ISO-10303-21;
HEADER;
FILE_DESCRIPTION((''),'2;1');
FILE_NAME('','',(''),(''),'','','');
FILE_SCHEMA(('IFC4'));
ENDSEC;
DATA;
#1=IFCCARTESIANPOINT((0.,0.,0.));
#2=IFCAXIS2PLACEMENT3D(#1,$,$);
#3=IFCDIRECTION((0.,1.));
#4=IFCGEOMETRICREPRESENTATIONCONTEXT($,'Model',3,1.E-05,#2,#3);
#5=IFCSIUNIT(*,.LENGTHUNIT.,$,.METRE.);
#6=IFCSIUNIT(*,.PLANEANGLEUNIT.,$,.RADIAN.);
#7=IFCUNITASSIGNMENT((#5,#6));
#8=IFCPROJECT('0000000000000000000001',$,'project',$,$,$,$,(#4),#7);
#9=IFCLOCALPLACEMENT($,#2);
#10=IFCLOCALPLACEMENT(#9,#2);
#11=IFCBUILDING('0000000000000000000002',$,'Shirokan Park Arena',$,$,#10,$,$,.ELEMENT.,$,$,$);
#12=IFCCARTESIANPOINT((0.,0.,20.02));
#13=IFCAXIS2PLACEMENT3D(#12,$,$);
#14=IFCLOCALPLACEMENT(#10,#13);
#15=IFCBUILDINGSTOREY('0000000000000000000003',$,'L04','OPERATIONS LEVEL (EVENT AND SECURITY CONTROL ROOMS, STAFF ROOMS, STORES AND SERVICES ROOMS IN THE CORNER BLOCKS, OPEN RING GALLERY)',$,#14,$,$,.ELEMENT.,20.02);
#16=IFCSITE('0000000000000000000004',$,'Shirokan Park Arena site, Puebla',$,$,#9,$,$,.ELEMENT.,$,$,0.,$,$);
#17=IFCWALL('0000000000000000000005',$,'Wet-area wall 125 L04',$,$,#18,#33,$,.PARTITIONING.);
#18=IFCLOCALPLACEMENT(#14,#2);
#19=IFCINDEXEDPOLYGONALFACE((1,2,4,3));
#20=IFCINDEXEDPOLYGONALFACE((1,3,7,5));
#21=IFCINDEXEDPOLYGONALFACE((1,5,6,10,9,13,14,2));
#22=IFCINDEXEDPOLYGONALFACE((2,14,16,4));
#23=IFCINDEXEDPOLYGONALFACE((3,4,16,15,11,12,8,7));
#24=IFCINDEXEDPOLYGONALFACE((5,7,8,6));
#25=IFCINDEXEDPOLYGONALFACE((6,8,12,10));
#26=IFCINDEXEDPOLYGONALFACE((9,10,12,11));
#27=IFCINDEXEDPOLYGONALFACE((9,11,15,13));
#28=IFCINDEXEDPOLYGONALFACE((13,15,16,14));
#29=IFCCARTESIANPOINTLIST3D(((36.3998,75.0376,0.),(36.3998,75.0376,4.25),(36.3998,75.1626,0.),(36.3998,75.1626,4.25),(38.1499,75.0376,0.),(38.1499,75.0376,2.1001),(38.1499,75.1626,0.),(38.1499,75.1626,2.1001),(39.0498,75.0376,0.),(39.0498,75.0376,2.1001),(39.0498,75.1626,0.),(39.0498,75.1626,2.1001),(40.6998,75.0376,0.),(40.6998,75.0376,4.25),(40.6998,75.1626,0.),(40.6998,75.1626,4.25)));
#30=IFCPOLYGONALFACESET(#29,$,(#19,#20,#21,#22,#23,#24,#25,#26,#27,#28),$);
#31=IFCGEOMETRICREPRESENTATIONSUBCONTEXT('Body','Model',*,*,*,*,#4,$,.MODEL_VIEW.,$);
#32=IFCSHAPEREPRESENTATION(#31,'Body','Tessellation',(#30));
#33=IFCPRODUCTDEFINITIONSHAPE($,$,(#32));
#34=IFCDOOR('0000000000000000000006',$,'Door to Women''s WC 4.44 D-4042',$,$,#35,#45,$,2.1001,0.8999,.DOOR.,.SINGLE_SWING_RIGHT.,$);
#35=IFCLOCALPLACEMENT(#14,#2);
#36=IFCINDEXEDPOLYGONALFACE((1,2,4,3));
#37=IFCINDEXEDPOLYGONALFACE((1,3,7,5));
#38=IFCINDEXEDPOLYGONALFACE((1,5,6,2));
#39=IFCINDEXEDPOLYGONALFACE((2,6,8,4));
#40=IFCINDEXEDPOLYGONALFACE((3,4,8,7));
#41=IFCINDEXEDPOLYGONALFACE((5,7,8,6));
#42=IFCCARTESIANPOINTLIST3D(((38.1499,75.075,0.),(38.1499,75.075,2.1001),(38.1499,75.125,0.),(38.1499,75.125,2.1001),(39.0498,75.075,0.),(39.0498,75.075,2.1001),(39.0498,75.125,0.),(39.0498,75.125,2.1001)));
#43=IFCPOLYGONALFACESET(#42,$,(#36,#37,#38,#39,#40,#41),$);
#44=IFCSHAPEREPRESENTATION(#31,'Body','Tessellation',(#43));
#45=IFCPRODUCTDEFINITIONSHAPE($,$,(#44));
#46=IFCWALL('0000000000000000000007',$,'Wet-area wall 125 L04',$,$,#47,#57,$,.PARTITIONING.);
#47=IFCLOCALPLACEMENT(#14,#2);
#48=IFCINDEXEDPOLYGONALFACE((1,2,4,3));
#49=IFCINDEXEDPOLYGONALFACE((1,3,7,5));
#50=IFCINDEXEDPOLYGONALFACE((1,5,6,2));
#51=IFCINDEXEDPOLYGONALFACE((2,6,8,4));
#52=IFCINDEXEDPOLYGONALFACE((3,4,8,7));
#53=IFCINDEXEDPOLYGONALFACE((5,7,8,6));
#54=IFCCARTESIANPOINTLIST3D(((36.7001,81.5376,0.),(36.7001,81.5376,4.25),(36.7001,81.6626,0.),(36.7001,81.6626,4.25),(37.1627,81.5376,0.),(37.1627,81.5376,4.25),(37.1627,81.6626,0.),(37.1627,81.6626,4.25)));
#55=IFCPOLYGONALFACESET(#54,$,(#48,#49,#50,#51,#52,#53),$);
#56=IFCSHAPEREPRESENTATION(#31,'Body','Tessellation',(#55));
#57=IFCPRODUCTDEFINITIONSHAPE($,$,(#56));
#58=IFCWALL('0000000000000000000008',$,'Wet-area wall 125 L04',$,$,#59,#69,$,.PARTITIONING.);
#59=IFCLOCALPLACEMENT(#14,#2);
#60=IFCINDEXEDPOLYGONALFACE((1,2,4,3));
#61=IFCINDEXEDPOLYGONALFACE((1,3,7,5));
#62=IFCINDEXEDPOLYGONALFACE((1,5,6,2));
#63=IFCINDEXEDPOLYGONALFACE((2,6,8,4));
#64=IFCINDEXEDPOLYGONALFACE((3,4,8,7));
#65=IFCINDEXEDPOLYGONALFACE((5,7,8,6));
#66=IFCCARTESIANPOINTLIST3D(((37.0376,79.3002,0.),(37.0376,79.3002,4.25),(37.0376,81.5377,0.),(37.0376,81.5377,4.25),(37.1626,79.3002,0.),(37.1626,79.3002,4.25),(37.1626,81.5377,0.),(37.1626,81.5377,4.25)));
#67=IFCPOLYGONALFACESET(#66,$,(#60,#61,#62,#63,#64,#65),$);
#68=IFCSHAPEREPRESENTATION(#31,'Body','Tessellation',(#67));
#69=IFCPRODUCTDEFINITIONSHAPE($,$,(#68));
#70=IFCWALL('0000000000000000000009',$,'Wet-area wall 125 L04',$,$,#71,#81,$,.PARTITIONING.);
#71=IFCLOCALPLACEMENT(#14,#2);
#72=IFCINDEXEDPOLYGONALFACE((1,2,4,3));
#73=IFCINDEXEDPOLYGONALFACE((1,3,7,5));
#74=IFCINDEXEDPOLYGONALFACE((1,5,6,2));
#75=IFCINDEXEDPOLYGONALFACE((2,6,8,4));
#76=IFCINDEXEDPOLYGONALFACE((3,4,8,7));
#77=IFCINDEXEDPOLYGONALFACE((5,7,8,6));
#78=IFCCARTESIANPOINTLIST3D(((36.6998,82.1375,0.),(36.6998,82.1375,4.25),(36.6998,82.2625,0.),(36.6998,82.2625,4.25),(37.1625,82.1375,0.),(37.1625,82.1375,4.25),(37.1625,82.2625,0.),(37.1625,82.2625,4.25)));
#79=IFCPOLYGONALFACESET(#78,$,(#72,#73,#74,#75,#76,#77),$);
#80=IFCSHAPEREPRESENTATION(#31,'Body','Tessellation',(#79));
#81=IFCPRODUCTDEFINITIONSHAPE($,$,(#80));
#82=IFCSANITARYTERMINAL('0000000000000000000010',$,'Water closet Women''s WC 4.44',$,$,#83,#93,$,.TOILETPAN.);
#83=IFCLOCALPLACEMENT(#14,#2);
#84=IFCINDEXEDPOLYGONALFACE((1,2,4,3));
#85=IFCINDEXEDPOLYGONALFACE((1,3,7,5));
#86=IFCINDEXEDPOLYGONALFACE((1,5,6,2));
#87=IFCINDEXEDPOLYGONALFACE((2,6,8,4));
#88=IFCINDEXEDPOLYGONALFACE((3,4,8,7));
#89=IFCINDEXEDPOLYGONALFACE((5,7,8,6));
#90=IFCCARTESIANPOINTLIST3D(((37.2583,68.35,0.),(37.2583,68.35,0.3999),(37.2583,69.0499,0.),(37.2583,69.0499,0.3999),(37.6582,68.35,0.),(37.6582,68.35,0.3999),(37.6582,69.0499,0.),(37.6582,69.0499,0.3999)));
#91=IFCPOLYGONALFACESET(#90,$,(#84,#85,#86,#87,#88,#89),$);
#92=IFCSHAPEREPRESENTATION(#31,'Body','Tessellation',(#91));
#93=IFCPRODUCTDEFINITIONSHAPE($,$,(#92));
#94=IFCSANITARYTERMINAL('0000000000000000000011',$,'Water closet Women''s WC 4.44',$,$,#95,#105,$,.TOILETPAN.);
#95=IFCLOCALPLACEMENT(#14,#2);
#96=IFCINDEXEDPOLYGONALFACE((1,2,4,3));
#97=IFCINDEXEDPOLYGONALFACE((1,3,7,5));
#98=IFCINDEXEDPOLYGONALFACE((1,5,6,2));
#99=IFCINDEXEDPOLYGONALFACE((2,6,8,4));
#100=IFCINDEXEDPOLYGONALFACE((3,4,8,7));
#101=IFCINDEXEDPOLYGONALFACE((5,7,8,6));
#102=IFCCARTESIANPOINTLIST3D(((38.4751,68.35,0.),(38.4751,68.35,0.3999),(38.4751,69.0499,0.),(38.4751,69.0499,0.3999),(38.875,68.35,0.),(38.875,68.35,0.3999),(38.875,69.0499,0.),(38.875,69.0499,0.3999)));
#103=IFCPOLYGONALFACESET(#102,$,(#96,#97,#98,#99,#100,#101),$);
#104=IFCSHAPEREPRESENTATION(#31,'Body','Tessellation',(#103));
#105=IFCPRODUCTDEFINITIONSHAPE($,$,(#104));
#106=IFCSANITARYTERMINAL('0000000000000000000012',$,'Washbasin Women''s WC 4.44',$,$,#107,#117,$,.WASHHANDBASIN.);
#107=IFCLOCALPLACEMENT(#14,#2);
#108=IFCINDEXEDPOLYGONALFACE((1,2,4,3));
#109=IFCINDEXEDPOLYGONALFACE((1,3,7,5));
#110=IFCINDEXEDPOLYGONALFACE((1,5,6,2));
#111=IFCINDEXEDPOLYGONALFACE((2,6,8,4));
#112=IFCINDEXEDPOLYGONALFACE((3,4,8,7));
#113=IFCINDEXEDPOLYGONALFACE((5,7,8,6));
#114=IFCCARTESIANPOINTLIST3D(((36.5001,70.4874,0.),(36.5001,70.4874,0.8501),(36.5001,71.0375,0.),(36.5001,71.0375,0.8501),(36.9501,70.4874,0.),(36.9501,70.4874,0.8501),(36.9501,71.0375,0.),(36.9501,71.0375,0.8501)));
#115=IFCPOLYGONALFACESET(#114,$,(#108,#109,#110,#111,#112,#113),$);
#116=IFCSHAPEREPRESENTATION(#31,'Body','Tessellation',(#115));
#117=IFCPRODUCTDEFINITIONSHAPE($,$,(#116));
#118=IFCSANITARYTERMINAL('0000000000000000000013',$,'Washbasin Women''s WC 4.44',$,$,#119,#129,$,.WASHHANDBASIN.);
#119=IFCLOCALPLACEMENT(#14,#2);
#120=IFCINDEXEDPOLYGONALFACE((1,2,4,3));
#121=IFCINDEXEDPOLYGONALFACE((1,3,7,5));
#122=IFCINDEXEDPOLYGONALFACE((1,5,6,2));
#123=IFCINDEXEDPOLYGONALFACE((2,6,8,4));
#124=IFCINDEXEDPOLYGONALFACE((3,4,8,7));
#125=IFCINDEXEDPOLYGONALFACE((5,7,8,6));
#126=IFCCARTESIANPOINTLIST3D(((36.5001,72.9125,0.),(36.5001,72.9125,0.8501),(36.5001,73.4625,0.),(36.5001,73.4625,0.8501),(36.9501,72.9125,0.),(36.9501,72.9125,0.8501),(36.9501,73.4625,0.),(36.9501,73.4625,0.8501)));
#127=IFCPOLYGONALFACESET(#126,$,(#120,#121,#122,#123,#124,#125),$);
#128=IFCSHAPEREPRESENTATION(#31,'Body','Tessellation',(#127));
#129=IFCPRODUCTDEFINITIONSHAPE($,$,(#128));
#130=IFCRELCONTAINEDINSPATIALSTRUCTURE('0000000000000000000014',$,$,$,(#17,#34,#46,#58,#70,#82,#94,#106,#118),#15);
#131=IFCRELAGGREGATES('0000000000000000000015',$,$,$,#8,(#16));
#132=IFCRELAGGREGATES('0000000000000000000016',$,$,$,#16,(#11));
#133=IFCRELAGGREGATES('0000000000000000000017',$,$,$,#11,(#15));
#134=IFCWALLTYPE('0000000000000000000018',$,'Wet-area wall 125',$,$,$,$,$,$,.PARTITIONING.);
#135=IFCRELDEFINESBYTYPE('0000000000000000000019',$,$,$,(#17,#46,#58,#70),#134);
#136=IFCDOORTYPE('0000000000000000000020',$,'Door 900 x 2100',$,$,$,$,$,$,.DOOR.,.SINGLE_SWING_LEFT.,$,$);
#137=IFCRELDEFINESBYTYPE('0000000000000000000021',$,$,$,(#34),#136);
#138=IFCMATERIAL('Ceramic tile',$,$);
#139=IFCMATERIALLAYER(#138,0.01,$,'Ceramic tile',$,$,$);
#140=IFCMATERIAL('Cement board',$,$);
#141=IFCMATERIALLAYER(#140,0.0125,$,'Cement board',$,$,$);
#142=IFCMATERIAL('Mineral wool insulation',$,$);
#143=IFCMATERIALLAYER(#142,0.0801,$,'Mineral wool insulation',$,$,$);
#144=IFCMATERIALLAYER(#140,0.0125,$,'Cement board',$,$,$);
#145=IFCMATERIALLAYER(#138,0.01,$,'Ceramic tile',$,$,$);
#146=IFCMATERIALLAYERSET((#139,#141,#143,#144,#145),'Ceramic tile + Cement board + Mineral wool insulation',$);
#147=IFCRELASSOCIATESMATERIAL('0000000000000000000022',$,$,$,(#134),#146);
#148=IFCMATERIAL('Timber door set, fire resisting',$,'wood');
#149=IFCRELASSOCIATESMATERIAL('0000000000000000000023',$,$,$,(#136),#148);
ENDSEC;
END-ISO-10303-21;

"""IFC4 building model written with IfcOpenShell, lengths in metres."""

from ifc_helpers import new_model, si_unit, direction, frame, frame_2d, origin, origin_2d, place, context, subcontext, project, spatial, rectangle, extrude, material, layer, layer_set, type_object, element, fill, save


model = new_model("IFC4")

# Units and contexts
model_context = context("Model", 3, precision=1e-05, world=origin(), true_north=direction((0.0, 1.0)))
body_context = subcontext(model_context, "Body", "Model", "MODEL_VIEW")
ifc_project = project(units=[si_unit("LENGTHUNIT", "METRE"), si_unit("PLANEANGLEUNIT", "RADIAN")], contexts=[model_context])

# Site, building, storey
site_placement = place(None, origin())
site = spatial("IfcSite", under=ifc_project, at=site_placement, Name="Shirokan Park Arena site, Puebla", CompositionType="ELEMENT", RefElevation=0.0)
building_placement = place(site_placement, origin())
building = spatial("IfcBuilding", under=site, at=building_placement, Name="Shirokan Park Arena", CompositionType="ELEMENT")
storey_placement = place(building_placement, frame((0.0, 0.0, 20.02)))
storey = spatial("IfcBuildingStorey", under=building, at=storey_placement, Name="L04", Description="OPERATIONS LEVEL (EVENT AND SECURITY CONTROL ROOMS, STAFF ROOMS, STORES AND SERVICES ROOMS IN THE CORNER BLOCKS, OPEN RING GALLERY)", CompositionType="ELEMENT", Elevation=20.02)

# Shared definitions
ifc_material_1 = material(Name="Ceramic tile")
ifc_layer_1 = layer(ifc_material_1, 0.01, Name="Ceramic tile")
ifc_material_2 = material(Name="Cement board")
ifc_layer_2 = layer(ifc_material_2, 0.0125, Name="Cement board")
ifc_material_3 = material(Name="Mineral wool insulation")
ifc_layer_3 = layer(ifc_material_3, 0.0801, Name="Mineral wool insulation")
ifc_layer_4 = layer(ifc_material_2, 0.0125, Name="Cement board")
ifc_layer_5 = layer(ifc_material_1, 0.01, Name="Ceramic tile")
ifc_layer_set_1 = layer_set([ifc_layer_1, ifc_layer_2, ifc_layer_3, ifc_layer_4, ifc_layer_5], Name="Ceramic tile + Cement board + Mineral wool insulation")
wall_type_1 = type_object("IfcWallType", Name="Wet-area wall 125", PredefinedType="PARTITIONING", material=ifc_layer_set_1)

# Wall, opening, door
wall_1_placement = place(storey_placement, frame((36.3999, 75.1001, 0.0), z_axis=(0.0, 0.0, 1.0), x_axis=(1.0, 0.0, 0.0)))
wall_1 = element("IfcWall", 1, at=wall_1_placement, inside=storey, type_object=wall_type_1, Name="Wet-area wall 125 L04", PredefinedType="PARTITIONING", context=body_context, shape_type="SweptSolid", body=[
    extrude(rectangle(XDim=4.3, YDim=0.125, at=frame_2d((2.1499, 0.0))), origin(), (0.0, 0.0, 1.0), 4.25),
])
opening_1_placement = place(wall_1_placement, frame((1.75, 0.0, 0.0)))
opening_1 = element("IfcOpeningElement", 2, at=opening_1_placement, cuts=wall_1, PredefinedType="OPENING", context=body_context, shape_type="SweptSolid", body=[
    extrude(rectangle(XDim=0.8999, YDim=2.1001, at=frame_2d((0.45, 1.05))), frame((0.0, 0.0725, 0.0), z_axis=(0.0, -1.0, 0.0), x_axis=(1.0, 0.0, 0.0)), (0.0, 0.0, 1.0), 0.145),
])
ifc_material_4 = material(Name="Timber door set, fire resisting", Category="wood")
door_type_1 = type_object("IfcDoorType", Name="Door 900 x 2100", OperationType="SINGLE_SWING_LEFT", PredefinedType="DOOR", material=ifc_material_4)
door_1_placement = place(opening_1_placement, origin())
door_1 = element("IfcDoor", 3, at=door_1_placement, inside=storey, type_object=door_type_1, Name="Door to Women's WC 4.44 D-4042", OperationType="SINGLE_SWING_RIGHT", OverallHeight=2.1001, OverallWidth=0.8999, PredefinedType="DOOR", context=body_context, shape_type="SweptSolid", body=[
    extrude(rectangle(XDim=0.8999, YDim=2.1001, at=frame_2d((0.45, 1.05))), frame((0.0, 0.0249, 0.0), z_axis=(0.0, -1.0, 0.0), x_axis=(1.0, 0.0, 0.0)), (0.0, 0.0, 1.0), 0.05),
])
fill(opening_1, door_1)

# Walls
wall_2_placement = place(storey_placement, frame((36.7, 81.6001, 0.0), z_axis=(0.0, 0.0, 1.0), x_axis=(1.0, 0.0, 0.0)))
element("IfcWall", 4, at=wall_2_placement, inside=storey, type_object=wall_type_1, Name="Wet-area wall 125 L04", PredefinedType="PARTITIONING", context=body_context, shape_type="SweptSolid", body=[
    extrude(rectangle(XDim=0.4626, YDim=0.125, at=frame_2d((0.2314, 0.0))), origin(), (0.0, 0.0, 1.0), 4.25),
])
wall_3_placement = place(storey_placement, frame((37.1001, 81.5376, 0.0), z_axis=(0.0, 0.0, 1.0), x_axis=(0.0, -1.0, 0.0)))
element("IfcWall", 5, at=wall_3_placement, inside=storey, type_object=wall_type_1, Name="Wet-area wall 125 L04", PredefinedType="PARTITIONING", context=body_context, shape_type="SweptSolid", body=[
    extrude(rectangle(XDim=2.2375, YDim=0.125, at=frame_2d((1.1187, 0.0))), origin(), (0.0, 0.0, 1.0), 4.25),
])
wall_4_placement = place(storey_placement, frame((37.1626, 82.2, 0.0), z_axis=(0.0, 0.0, 1.0), x_axis=(-1.0, 0.0, 0.0)))
element("IfcWall", 6, at=wall_4_placement, inside=storey, type_object=wall_type_1, Name="Wet-area wall 125 L04", PredefinedType="PARTITIONING", context=body_context, shape_type="SweptSolid", body=[
    extrude(rectangle(XDim=0.4626, YDim=0.125, at=frame_2d((0.2314, 0.0))), origin(), (0.0, 0.0, 1.0), 4.25),
])

# Sanitary terminals
for number, where, z_axis, x_axis, name in (
    (7, (37.4583, 68.7, 0.0), (0.0, 0.0, 1.0), (1.0, 0.0, 0.0), "Water closet Women's WC 4.44"),
    (8, (38.675, 68.7, 0.0), (0.0, 0.0, 1.0), (1.0, 0.0, 0.0), "Water closet Women's WC 4.44"),
):
    element("IfcSanitaryTerminal", number, at=place(storey_placement, frame(where, z_axis=z_axis, x_axis=x_axis)), inside=storey, Name=name, PredefinedType="TOILETPAN", context=body_context, shape_type="SweptSolid", body=[
        extrude(rectangle(XDim=0.3999, YDim=0.7, at=origin_2d()), origin(), (0.0, 0.0, 1.0), 0.3999),
    ])
for number, where, z_axis, x_axis, name in (
    (9, (36.7251, 70.7625, 0.0), (0.0, 0.0, 1.0), (1.0, 0.0, 0.0), "Washbasin Women's WC 4.44"),
    (10, (36.7251, 73.1875, 0.0), (0.0, 0.0, 1.0), (1.0, 0.0, 0.0), "Washbasin Women's WC 4.44"),
):
    element("IfcSanitaryTerminal", number, at=place(storey_placement, frame(where, z_axis=z_axis, x_axis=x_axis)), inside=storey, Name=name, PredefinedType="WASHHANDBASIN", context=body_context, shape_type="SweptSolid", body=[
        extrude(rectangle(XDim=0.45, YDim=0.55, at=origin_2d()), origin(), (0.0, 0.0, 1.0), 0.8501),
    ])

save(model, "model.ifc")
